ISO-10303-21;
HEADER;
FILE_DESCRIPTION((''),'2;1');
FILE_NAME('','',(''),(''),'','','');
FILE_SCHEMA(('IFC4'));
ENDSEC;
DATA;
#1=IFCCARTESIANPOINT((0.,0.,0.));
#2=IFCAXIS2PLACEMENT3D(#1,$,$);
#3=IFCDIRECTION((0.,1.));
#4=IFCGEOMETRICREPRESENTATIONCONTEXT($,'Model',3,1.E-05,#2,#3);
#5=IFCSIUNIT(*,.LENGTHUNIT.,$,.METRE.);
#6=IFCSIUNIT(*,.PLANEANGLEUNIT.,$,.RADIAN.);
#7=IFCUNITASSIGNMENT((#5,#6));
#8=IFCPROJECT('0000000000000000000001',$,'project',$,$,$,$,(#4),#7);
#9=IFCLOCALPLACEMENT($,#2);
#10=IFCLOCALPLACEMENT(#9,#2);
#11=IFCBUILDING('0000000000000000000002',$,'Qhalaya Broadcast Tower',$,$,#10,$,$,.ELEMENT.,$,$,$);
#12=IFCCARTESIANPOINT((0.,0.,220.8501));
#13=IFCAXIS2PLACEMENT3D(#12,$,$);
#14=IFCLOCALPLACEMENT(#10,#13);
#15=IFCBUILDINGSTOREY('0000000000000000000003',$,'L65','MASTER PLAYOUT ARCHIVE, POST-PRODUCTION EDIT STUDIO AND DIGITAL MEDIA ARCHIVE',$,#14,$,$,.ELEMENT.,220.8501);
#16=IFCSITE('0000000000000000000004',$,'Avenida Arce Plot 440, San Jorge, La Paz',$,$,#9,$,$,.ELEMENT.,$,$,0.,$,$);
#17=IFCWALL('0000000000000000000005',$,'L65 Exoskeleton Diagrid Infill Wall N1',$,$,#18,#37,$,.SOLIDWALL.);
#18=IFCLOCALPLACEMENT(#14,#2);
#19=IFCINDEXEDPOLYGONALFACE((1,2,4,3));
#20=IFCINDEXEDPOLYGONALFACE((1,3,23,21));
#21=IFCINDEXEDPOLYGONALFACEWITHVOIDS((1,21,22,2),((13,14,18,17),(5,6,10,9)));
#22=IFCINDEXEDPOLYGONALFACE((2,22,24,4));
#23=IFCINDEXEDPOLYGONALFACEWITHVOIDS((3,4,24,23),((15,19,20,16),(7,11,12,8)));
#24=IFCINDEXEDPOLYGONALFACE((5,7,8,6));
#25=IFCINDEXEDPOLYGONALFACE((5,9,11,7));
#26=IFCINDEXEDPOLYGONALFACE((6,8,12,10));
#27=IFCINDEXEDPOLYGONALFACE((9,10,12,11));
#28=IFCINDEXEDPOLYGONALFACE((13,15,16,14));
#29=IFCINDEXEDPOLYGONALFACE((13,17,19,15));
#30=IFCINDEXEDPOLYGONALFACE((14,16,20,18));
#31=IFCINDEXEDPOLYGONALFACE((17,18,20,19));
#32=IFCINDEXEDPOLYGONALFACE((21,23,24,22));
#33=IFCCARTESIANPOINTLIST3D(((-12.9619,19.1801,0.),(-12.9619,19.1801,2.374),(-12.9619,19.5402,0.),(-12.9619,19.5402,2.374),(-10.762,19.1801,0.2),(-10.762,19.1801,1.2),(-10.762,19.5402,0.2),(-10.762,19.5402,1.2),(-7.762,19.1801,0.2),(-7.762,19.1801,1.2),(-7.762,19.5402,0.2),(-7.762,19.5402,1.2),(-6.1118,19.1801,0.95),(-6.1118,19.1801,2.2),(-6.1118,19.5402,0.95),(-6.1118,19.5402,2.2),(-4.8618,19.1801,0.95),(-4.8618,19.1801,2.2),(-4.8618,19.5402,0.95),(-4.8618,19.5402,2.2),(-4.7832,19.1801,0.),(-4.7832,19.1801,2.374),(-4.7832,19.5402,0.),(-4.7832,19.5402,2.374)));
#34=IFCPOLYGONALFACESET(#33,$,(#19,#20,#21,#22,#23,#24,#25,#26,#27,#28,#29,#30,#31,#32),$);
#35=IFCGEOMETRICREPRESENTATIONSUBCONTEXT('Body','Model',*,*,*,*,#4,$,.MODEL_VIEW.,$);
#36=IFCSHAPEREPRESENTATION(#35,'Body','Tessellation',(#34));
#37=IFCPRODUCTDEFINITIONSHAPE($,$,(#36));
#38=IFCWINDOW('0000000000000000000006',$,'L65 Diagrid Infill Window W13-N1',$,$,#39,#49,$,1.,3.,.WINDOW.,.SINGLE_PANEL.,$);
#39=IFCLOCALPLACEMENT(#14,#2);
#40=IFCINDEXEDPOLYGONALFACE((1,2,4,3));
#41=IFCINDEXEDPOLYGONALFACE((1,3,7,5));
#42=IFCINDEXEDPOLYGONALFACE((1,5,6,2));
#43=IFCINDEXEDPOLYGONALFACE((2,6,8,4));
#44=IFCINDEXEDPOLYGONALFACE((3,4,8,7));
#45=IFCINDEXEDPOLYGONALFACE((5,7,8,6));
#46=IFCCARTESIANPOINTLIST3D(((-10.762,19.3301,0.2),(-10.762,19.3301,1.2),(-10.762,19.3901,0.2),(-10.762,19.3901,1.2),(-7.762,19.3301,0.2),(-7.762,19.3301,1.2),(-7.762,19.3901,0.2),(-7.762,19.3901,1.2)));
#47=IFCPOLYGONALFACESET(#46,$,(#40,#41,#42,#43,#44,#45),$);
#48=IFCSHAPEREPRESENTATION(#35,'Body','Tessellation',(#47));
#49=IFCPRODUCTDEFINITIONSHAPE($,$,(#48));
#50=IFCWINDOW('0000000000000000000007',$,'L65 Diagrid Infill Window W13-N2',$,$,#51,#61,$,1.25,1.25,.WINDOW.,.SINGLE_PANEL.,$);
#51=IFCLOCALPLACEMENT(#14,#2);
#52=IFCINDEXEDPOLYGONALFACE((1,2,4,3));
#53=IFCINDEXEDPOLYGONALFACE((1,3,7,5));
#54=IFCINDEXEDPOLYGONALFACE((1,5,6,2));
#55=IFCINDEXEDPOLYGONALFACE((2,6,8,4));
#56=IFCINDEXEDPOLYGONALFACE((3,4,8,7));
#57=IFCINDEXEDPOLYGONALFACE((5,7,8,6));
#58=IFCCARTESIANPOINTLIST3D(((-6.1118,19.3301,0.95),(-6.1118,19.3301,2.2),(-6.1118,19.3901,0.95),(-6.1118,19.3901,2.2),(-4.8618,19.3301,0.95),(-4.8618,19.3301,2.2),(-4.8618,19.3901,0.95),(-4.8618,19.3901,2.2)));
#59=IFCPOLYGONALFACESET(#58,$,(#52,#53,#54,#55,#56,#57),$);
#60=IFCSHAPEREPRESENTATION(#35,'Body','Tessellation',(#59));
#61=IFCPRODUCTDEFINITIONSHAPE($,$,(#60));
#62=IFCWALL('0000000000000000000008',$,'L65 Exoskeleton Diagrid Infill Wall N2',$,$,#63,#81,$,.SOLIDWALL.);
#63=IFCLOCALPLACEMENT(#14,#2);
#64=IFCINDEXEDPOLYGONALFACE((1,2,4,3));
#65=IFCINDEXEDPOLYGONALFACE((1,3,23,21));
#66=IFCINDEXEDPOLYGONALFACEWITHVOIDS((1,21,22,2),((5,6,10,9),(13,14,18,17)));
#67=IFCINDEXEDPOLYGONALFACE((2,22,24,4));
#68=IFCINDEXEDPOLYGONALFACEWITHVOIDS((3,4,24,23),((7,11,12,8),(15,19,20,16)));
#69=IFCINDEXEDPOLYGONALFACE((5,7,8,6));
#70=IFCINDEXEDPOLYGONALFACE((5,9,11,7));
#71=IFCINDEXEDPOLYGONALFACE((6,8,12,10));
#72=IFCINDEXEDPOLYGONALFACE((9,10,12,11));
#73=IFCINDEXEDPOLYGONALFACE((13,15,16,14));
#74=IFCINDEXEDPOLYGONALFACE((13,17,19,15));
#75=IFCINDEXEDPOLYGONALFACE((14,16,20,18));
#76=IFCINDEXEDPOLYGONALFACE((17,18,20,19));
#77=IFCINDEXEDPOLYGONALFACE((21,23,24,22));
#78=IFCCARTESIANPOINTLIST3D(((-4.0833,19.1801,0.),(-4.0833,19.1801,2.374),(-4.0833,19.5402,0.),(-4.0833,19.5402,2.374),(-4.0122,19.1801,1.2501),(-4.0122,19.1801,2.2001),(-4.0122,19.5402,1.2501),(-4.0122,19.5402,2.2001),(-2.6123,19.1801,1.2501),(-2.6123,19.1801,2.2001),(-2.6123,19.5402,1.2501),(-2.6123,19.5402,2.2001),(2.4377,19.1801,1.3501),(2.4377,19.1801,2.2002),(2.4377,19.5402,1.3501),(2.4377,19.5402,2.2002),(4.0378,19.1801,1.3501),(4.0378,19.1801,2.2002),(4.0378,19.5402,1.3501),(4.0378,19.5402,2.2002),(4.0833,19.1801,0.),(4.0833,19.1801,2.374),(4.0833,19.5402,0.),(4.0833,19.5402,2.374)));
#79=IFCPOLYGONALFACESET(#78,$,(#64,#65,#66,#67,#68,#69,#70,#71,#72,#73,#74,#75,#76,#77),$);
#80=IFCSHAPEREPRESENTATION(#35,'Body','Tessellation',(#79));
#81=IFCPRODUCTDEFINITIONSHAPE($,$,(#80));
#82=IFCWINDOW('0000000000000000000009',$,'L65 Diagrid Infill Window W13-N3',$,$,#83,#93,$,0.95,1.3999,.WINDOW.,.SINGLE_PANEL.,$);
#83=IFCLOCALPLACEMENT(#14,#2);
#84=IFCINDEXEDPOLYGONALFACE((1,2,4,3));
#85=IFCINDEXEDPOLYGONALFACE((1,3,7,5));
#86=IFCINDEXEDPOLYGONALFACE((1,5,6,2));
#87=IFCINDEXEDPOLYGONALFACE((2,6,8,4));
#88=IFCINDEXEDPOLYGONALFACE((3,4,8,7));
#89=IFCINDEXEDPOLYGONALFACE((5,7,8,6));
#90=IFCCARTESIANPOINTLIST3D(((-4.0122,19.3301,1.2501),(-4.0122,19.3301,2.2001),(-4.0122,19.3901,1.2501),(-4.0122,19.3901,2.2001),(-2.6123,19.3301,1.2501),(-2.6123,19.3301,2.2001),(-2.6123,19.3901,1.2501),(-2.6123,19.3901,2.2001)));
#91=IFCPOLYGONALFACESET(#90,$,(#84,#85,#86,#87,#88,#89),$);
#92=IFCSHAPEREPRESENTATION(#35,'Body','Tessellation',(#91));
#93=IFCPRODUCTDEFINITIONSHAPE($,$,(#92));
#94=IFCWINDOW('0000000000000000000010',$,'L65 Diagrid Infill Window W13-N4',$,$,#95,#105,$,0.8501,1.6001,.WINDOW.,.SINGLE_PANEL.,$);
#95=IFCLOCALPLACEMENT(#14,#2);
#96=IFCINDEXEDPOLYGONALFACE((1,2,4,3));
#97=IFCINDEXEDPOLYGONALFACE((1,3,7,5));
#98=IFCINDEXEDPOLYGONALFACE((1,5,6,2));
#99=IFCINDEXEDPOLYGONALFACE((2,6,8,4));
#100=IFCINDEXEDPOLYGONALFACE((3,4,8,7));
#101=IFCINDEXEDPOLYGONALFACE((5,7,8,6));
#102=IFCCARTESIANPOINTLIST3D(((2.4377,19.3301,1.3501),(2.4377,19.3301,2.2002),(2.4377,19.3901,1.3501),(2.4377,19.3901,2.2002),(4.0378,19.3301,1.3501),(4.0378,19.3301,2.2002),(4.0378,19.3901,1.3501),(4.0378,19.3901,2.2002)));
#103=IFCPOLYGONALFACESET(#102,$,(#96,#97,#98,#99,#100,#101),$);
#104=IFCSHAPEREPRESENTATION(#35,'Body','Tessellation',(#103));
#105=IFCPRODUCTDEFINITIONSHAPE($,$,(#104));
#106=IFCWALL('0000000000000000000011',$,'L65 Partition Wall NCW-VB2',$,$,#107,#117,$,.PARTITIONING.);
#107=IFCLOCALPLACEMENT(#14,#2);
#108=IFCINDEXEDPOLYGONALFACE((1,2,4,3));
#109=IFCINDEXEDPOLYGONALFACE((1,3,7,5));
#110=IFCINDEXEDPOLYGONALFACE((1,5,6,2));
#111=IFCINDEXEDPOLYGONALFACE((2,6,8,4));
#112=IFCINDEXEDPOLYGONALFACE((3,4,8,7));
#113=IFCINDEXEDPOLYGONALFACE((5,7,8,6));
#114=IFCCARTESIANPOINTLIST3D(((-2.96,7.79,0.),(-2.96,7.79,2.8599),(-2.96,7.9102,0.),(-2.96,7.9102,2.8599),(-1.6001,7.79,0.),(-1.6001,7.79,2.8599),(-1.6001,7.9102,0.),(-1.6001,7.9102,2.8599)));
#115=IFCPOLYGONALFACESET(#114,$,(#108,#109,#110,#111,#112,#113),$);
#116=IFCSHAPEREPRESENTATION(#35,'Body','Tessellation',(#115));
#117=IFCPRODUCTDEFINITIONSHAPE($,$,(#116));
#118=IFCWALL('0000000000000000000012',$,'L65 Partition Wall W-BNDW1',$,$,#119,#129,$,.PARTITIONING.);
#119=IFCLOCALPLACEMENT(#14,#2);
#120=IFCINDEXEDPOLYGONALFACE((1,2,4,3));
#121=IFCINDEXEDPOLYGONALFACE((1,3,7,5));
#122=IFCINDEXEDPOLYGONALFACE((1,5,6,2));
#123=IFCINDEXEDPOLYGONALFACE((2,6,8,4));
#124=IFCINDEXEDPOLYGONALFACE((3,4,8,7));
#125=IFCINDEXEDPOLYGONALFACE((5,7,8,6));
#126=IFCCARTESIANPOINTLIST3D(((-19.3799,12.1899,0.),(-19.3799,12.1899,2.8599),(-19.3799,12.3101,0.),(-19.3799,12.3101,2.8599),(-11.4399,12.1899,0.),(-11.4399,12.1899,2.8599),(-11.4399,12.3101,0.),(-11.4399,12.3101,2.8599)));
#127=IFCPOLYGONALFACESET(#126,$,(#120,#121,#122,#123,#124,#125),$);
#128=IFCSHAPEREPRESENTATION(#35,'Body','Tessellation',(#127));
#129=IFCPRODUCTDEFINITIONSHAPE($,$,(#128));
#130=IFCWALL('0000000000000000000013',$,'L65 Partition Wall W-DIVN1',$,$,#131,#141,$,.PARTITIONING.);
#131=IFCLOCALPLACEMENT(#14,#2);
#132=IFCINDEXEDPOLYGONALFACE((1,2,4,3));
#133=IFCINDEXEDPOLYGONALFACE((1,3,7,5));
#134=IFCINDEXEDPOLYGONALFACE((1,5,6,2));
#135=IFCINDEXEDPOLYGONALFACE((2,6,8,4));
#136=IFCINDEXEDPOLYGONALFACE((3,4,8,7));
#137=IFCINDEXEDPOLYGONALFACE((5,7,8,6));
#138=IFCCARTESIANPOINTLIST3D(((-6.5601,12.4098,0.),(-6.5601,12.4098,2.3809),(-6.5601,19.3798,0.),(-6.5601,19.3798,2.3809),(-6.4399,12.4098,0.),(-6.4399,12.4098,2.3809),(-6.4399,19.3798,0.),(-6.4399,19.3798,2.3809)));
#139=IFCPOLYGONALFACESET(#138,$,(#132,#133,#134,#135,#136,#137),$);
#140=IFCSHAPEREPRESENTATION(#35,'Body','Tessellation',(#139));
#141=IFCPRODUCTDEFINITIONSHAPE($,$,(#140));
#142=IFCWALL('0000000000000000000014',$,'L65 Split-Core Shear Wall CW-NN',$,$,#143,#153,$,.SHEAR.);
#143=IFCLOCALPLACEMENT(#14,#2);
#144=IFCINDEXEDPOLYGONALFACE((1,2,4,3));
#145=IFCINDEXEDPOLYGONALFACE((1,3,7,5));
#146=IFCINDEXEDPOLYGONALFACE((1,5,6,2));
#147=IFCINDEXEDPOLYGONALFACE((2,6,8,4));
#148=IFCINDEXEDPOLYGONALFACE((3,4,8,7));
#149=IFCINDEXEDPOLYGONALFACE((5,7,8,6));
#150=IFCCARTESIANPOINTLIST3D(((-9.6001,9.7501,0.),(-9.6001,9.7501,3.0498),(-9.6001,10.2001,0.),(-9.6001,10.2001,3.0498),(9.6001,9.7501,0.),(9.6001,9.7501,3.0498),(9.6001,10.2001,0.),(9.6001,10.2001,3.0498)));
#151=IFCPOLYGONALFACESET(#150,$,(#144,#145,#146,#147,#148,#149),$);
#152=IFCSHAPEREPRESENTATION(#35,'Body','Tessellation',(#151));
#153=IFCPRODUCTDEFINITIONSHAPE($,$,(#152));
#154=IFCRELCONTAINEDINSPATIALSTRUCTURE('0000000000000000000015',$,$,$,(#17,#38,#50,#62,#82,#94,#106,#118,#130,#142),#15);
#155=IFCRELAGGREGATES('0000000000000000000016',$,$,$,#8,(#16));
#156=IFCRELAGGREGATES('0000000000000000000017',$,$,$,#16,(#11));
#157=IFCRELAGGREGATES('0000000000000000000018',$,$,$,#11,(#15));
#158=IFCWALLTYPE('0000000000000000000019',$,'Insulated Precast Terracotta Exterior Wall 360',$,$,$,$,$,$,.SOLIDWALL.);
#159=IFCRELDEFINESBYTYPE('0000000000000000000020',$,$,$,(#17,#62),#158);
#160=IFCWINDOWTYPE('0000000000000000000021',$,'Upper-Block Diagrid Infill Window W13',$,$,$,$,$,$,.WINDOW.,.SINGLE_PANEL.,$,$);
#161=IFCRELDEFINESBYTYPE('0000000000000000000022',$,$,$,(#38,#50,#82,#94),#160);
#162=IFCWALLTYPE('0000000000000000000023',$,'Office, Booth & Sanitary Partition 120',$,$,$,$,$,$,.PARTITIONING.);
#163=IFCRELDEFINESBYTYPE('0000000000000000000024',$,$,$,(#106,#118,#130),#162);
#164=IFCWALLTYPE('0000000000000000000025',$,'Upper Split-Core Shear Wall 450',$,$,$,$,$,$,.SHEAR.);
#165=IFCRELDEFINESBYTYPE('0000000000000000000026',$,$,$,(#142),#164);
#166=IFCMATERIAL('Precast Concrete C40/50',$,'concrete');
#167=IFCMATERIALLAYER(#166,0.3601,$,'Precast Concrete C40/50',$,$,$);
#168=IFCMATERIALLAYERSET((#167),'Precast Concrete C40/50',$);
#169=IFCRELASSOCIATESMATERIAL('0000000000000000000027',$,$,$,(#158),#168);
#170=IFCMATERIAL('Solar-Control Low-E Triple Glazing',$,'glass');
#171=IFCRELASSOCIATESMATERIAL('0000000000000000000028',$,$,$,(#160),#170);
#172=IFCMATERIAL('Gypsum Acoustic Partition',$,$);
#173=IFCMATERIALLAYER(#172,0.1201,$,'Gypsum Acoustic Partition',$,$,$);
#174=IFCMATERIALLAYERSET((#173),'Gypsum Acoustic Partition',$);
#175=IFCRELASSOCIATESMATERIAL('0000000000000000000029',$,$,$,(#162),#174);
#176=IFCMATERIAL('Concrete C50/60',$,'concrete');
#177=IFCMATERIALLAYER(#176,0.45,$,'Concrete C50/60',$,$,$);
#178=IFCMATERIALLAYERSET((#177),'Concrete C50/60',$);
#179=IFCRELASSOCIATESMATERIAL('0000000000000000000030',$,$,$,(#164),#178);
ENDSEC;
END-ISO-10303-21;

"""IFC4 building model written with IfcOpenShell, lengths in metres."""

from ifc_helpers import new_model, si_unit, direction, frame, frame_2d, origin, place, context, subcontext, project, spatial, rectangle, extrude, material, layer, layer_set, type_object, element, fill, save


model = new_model("IFC4")

# Units and contexts
model_context = context("Model", 3, precision=1e-05, world=origin(), true_north=direction((0.0, 1.0)))
body_context = subcontext(model_context, "Body", "Model", "MODEL_VIEW")
ifc_project = project(units=[si_unit("LENGTHUNIT", "METRE"), si_unit("PLANEANGLEUNIT", "RADIAN")], contexts=[model_context])

# Site, building, storey
site_placement = place(None, origin())
site = spatial("IfcSite", under=ifc_project, at=site_placement, Name="Avenida Arce Plot 440, San Jorge, La Paz", CompositionType="ELEMENT", RefElevation=0.0)
building_placement = place(site_placement, origin())
building = spatial("IfcBuilding", under=site, at=building_placement, Name="Qhalaya Broadcast Tower", CompositionType="ELEMENT")
storey_placement = place(building_placement, frame((0.0, 0.0, 220.8501)))
storey = spatial("IfcBuildingStorey", under=building, at=storey_placement, Name="L65", Description="MASTER PLAYOUT ARCHIVE, POST-PRODUCTION EDIT STUDIO AND DIGITAL MEDIA ARCHIVE", CompositionType="ELEMENT", Elevation=220.8501)

# Shared definitions
ifc_material_1 = material(Name="Concrete C50/60", Category="concrete")

# Shared definitions
ifc_material_2 = material(Name="Gypsum Acoustic Partition")

# Walls, openings, windows
ifc_material_3 = material(Name="Precast Concrete C40/50", Category="concrete")
ifc_layer_1 = layer(ifc_material_3, 0.3601, Name="Precast Concrete C40/50")
ifc_layer_set_1 = layer_set([ifc_layer_1], Name="Precast Concrete C40/50")
wall_type_1 = type_object("IfcWallType", Name="Insulated Precast Terracotta Exterior Wall 360", PredefinedType="SOLIDWALL", material=ifc_layer_set_1)
wall_1_placement = place(storey_placement, frame((-12.9619, 19.3601, 0.0), z_axis=(0.0, 0.0, 1.0), x_axis=(1.0, 0.0, 0.0)))
wall_1 = element("IfcWall", 1, at=wall_1_placement, inside=storey, type_object=wall_type_1, Name="L65 Exoskeleton Diagrid Infill Wall N1", PredefinedType="SOLIDWALL", context=body_context, shape_type="SweptSolid", body=[
    extrude(rectangle(XDim=8.1787, YDim=0.3601, at=frame_2d((4.0894, 0.0))), origin(), (0.0, 0.0, 1.0), 2.374),
])
opening_1_placement = place(wall_1_placement, frame((2.2, 0.0, 0.2)))
opening_1 = element("IfcOpeningElement", 2, at=opening_1_placement, cuts=wall_1, PredefinedType="OPENING", context=body_context, shape_type="SweptSolid", body=[
    extrude(rectangle(XDim=3.0, YDim=1.0, at=frame_2d((1.5, 0.5))), frame((0.0, 0.1921, 0.0), z_axis=(0.0, -1.0, 0.0), x_axis=(1.0, 0.0, 0.0)), (0.0, 0.0, 1.0), 0.384),
])
opening_2_placement = place(wall_1_placement, frame((6.8501, 0.0, 0.95)))
opening_2 = element("IfcOpeningElement", 3, at=opening_2_placement, cuts=wall_1, PredefinedType="OPENING", context=body_context, shape_type="SweptSolid", body=[
    extrude(rectangle(XDim=1.25, YDim=1.25, at=frame_2d((0.625, 0.625))), frame((0.0, 0.1921, 0.0), z_axis=(0.0, -1.0, 0.0), x_axis=(1.0, 0.0, 0.0)), (0.0, 0.0, 1.0), 0.384),
])
ifc_material_4 = material(Name="Solar-Control Low-E Triple Glazing", Category="glass")
window_type = type_object("IfcWindowType", Name="Upper-Block Diagrid Infill Window W13", PartitioningType="SINGLE_PANEL", PredefinedType="WINDOW", material=ifc_material_4)
window_1_placement = place(opening_1_placement, origin())
window_1 = element("IfcWindow", 4, at=window_1_placement, inside=storey, type_object=window_type, Name="L65 Diagrid Infill Window W13-N1", OverallHeight=1.0, OverallWidth=3.0, PartitioningType="SINGLE_PANEL", PredefinedType="WINDOW", context=body_context, shape_type="SweptSolid", body=[
    extrude(rectangle(XDim=3.0, YDim=1.0, at=frame_2d((1.5, 0.5))), frame((0.0, 0.03, 0.0), z_axis=(0.0, -1.0, 0.0), x_axis=(1.0, 0.0, 0.0)), (0.0, 0.0, 1.0), 0.0601),
])
fill(opening_1, window_1)
window_2_placement = place(opening_2_placement, origin())
window_2 = element("IfcWindow", 5, at=window_2_placement, inside=storey, type_object=window_type, Name="L65 Diagrid Infill Window W13-N2", OverallHeight=1.25, OverallWidth=1.25, PartitioningType="SINGLE_PANEL", PredefinedType="WINDOW", context=body_context, shape_type="SweptSolid", body=[
    extrude(rectangle(XDim=1.25, YDim=1.25, at=frame_2d((0.625, 0.625))), frame((0.0, 0.03, 0.0), z_axis=(0.0, -1.0, 0.0), x_axis=(1.0, 0.0, 0.0)), (0.0, 0.0, 1.0), 0.0601),
])
fill(opening_2, window_2)
wall_2_placement = place(storey_placement, frame((-4.0833, 19.3601, 0.0), z_axis=(0.0, 0.0, 1.0), x_axis=(1.0, 0.0, 0.0)))
wall_2 = element("IfcWall", 6, at=wall_2_placement, inside=storey, type_object=wall_type_1, Name="L65 Exoskeleton Diagrid Infill Wall N2", PredefinedType="SOLIDWALL", context=body_context, shape_type="SweptSolid", body=[
    extrude(rectangle(XDim=8.1665, YDim=0.3601, at=frame_2d((4.0833, 0.0))), origin(), (0.0, 0.0, 1.0), 2.374),
])
opening_3_placement = place(wall_2_placement, frame((0.071, 0.0, 1.25)))
opening_3 = element("IfcOpeningElement", 7, at=opening_3_placement, cuts=wall_2, PredefinedType="OPENING", context=body_context, shape_type="SweptSolid", body=[
    extrude(rectangle(XDim=1.3999, YDim=0.95, at=frame_2d((0.7, 0.4751))), frame((0.0, 0.1921, 0.0), z_axis=(0.0, -1.0, 0.0), x_axis=(1.0, 0.0, 0.0)), (0.0, 0.0, 1.0), 0.384),
])
opening_4_placement = place(wall_2_placement, frame((6.521, 0.0, 1.3501)))
opening_4 = element("IfcOpeningElement", 8, at=opening_4_placement, cuts=wall_2, PredefinedType="OPENING", context=body_context, shape_type="SweptSolid", body=[
    extrude(rectangle(XDim=1.6001, YDim=0.8501, at=frame_2d((0.8, 0.425))), frame((0.0, 0.1921, 0.0), z_axis=(0.0, -1.0, 0.0), x_axis=(1.0, 0.0, 0.0)), (0.0, 0.0, 1.0), 0.384),
])
window_3_placement = place(opening_3_placement, origin())
window_3 = element("IfcWindow", 9, at=window_3_placement, inside=storey, type_object=window_type, Name="L65 Diagrid Infill Window W13-N3", OverallHeight=0.95, OverallWidth=1.3999, PartitioningType="SINGLE_PANEL", PredefinedType="WINDOW", context=body_context, shape_type="SweptSolid", body=[
    extrude(rectangle(XDim=1.3999, YDim=0.95, at=frame_2d((0.7, 0.4751))), frame((0.0, 0.03, 0.0), z_axis=(0.0, -1.0, 0.0), x_axis=(1.0, 0.0, 0.0)), (0.0, 0.0, 1.0), 0.0601),
])
fill(opening_3, window_3)
window_4_placement = place(opening_4_placement, origin())
window_4 = element("IfcWindow", 10, at=window_4_placement, inside=storey, type_object=window_type, Name="L65 Diagrid Infill Window W13-N4", OverallHeight=0.8501, OverallWidth=1.6001, PartitioningType="SINGLE_PANEL", PredefinedType="WINDOW", context=body_context, shape_type="SweptSolid", body=[
    extrude(rectangle(XDim=1.6001, YDim=0.8501, at=frame_2d((0.8, 0.425))), frame((0.0, 0.03, 0.0), z_axis=(0.0, -1.0, 0.0), x_axis=(1.0, 0.0, 0.0)), (0.0, 0.0, 1.0), 0.0601),
])
fill(opening_4, window_4)

# Walls
ifc_layer_2 = layer(ifc_material_2, 0.1201, Name="Gypsum Acoustic Partition")
ifc_layer_set_2 = layer_set([ifc_layer_2], Name="Gypsum Acoustic Partition")
wall_type_2 = type_object("IfcWallType", Name="Office, Booth & Sanitary Partition 120", PredefinedType="PARTITIONING", material=ifc_layer_set_2)
wall_3_placement = place(storey_placement, frame((-2.96, 7.8501, 0.0), z_axis=(0.0, 0.0, 1.0), x_axis=(1.0, 0.0, 0.0)))
element("IfcWall", 11, at=wall_3_placement, inside=storey, type_object=wall_type_2, Name="L65 Partition Wall NCW-VB2", PredefinedType="PARTITIONING", context=body_context, shape_type="SweptSolid", body=[
    extrude(rectangle(XDim=1.3599, YDim=0.1201, at=frame_2d((0.6799, 0.0))), origin(), (0.0, 0.0, 1.0), 2.8599),
])
wall_4_placement = place(storey_placement, frame((-19.3799, 12.25, 0.0), z_axis=(0.0, 0.0, 1.0), x_axis=(1.0, 0.0, 0.0)))
element("IfcWall", 12, at=wall_4_placement, inside=storey, type_object=wall_type_2, Name="L65 Partition Wall W-BNDW1", PredefinedType="PARTITIONING", context=body_context, shape_type="SweptSolid", body=[
    extrude(rectangle(XDim=7.9399, YDim=0.1201, at=frame_2d((3.97, 0.0))), origin(), (0.0, 0.0, 1.0), 2.8599),
])
wall_5_placement = place(storey_placement, frame((-6.5, 12.4099, 0.0), z_axis=(0.0, 0.0, 1.0), x_axis=(0.0, 1.0, 0.0)))
element("IfcWall", 13, at=wall_5_placement, inside=storey, type_object=wall_type_2, Name="L65 Partition Wall W-DIVN1", PredefinedType="PARTITIONING", context=body_context, shape_type="SweptSolid", body=[
    extrude(rectangle(XDim=6.97, YDim=0.1201, at=frame_2d((3.4849, 0.0))), origin(), (0.0, 0.0, 1.0), 2.3809),
])
ifc_layer_3 = layer(ifc_material_1, 0.45, Name="Concrete C50/60")
ifc_layer_set_3 = layer_set([ifc_layer_3], Name="Concrete C50/60")
wall_type_3 = type_object("IfcWallType", Name="Upper Split-Core Shear Wall 450", PredefinedType="SHEAR", material=ifc_layer_set_3)
wall_6_placement = place(storey_placement, frame((-9.6001, 9.9751, 0.0), z_axis=(0.0, 0.0, 1.0), x_axis=(1.0, 0.0, 0.0)))
element("IfcWall", 14, at=wall_6_placement, inside=storey, type_object=wall_type_3, Name="L65 Split-Core Shear Wall CW-NN", PredefinedType="SHEAR", context=body_context, shape_type="SweptSolid", body=[
    extrude(rectangle(XDim=19.2002, YDim=0.45, at=frame_2d((9.6001, 0.0))), origin(), (0.0, 0.0, 1.0), 3.0498),
])

save(model, "model.ifc")
